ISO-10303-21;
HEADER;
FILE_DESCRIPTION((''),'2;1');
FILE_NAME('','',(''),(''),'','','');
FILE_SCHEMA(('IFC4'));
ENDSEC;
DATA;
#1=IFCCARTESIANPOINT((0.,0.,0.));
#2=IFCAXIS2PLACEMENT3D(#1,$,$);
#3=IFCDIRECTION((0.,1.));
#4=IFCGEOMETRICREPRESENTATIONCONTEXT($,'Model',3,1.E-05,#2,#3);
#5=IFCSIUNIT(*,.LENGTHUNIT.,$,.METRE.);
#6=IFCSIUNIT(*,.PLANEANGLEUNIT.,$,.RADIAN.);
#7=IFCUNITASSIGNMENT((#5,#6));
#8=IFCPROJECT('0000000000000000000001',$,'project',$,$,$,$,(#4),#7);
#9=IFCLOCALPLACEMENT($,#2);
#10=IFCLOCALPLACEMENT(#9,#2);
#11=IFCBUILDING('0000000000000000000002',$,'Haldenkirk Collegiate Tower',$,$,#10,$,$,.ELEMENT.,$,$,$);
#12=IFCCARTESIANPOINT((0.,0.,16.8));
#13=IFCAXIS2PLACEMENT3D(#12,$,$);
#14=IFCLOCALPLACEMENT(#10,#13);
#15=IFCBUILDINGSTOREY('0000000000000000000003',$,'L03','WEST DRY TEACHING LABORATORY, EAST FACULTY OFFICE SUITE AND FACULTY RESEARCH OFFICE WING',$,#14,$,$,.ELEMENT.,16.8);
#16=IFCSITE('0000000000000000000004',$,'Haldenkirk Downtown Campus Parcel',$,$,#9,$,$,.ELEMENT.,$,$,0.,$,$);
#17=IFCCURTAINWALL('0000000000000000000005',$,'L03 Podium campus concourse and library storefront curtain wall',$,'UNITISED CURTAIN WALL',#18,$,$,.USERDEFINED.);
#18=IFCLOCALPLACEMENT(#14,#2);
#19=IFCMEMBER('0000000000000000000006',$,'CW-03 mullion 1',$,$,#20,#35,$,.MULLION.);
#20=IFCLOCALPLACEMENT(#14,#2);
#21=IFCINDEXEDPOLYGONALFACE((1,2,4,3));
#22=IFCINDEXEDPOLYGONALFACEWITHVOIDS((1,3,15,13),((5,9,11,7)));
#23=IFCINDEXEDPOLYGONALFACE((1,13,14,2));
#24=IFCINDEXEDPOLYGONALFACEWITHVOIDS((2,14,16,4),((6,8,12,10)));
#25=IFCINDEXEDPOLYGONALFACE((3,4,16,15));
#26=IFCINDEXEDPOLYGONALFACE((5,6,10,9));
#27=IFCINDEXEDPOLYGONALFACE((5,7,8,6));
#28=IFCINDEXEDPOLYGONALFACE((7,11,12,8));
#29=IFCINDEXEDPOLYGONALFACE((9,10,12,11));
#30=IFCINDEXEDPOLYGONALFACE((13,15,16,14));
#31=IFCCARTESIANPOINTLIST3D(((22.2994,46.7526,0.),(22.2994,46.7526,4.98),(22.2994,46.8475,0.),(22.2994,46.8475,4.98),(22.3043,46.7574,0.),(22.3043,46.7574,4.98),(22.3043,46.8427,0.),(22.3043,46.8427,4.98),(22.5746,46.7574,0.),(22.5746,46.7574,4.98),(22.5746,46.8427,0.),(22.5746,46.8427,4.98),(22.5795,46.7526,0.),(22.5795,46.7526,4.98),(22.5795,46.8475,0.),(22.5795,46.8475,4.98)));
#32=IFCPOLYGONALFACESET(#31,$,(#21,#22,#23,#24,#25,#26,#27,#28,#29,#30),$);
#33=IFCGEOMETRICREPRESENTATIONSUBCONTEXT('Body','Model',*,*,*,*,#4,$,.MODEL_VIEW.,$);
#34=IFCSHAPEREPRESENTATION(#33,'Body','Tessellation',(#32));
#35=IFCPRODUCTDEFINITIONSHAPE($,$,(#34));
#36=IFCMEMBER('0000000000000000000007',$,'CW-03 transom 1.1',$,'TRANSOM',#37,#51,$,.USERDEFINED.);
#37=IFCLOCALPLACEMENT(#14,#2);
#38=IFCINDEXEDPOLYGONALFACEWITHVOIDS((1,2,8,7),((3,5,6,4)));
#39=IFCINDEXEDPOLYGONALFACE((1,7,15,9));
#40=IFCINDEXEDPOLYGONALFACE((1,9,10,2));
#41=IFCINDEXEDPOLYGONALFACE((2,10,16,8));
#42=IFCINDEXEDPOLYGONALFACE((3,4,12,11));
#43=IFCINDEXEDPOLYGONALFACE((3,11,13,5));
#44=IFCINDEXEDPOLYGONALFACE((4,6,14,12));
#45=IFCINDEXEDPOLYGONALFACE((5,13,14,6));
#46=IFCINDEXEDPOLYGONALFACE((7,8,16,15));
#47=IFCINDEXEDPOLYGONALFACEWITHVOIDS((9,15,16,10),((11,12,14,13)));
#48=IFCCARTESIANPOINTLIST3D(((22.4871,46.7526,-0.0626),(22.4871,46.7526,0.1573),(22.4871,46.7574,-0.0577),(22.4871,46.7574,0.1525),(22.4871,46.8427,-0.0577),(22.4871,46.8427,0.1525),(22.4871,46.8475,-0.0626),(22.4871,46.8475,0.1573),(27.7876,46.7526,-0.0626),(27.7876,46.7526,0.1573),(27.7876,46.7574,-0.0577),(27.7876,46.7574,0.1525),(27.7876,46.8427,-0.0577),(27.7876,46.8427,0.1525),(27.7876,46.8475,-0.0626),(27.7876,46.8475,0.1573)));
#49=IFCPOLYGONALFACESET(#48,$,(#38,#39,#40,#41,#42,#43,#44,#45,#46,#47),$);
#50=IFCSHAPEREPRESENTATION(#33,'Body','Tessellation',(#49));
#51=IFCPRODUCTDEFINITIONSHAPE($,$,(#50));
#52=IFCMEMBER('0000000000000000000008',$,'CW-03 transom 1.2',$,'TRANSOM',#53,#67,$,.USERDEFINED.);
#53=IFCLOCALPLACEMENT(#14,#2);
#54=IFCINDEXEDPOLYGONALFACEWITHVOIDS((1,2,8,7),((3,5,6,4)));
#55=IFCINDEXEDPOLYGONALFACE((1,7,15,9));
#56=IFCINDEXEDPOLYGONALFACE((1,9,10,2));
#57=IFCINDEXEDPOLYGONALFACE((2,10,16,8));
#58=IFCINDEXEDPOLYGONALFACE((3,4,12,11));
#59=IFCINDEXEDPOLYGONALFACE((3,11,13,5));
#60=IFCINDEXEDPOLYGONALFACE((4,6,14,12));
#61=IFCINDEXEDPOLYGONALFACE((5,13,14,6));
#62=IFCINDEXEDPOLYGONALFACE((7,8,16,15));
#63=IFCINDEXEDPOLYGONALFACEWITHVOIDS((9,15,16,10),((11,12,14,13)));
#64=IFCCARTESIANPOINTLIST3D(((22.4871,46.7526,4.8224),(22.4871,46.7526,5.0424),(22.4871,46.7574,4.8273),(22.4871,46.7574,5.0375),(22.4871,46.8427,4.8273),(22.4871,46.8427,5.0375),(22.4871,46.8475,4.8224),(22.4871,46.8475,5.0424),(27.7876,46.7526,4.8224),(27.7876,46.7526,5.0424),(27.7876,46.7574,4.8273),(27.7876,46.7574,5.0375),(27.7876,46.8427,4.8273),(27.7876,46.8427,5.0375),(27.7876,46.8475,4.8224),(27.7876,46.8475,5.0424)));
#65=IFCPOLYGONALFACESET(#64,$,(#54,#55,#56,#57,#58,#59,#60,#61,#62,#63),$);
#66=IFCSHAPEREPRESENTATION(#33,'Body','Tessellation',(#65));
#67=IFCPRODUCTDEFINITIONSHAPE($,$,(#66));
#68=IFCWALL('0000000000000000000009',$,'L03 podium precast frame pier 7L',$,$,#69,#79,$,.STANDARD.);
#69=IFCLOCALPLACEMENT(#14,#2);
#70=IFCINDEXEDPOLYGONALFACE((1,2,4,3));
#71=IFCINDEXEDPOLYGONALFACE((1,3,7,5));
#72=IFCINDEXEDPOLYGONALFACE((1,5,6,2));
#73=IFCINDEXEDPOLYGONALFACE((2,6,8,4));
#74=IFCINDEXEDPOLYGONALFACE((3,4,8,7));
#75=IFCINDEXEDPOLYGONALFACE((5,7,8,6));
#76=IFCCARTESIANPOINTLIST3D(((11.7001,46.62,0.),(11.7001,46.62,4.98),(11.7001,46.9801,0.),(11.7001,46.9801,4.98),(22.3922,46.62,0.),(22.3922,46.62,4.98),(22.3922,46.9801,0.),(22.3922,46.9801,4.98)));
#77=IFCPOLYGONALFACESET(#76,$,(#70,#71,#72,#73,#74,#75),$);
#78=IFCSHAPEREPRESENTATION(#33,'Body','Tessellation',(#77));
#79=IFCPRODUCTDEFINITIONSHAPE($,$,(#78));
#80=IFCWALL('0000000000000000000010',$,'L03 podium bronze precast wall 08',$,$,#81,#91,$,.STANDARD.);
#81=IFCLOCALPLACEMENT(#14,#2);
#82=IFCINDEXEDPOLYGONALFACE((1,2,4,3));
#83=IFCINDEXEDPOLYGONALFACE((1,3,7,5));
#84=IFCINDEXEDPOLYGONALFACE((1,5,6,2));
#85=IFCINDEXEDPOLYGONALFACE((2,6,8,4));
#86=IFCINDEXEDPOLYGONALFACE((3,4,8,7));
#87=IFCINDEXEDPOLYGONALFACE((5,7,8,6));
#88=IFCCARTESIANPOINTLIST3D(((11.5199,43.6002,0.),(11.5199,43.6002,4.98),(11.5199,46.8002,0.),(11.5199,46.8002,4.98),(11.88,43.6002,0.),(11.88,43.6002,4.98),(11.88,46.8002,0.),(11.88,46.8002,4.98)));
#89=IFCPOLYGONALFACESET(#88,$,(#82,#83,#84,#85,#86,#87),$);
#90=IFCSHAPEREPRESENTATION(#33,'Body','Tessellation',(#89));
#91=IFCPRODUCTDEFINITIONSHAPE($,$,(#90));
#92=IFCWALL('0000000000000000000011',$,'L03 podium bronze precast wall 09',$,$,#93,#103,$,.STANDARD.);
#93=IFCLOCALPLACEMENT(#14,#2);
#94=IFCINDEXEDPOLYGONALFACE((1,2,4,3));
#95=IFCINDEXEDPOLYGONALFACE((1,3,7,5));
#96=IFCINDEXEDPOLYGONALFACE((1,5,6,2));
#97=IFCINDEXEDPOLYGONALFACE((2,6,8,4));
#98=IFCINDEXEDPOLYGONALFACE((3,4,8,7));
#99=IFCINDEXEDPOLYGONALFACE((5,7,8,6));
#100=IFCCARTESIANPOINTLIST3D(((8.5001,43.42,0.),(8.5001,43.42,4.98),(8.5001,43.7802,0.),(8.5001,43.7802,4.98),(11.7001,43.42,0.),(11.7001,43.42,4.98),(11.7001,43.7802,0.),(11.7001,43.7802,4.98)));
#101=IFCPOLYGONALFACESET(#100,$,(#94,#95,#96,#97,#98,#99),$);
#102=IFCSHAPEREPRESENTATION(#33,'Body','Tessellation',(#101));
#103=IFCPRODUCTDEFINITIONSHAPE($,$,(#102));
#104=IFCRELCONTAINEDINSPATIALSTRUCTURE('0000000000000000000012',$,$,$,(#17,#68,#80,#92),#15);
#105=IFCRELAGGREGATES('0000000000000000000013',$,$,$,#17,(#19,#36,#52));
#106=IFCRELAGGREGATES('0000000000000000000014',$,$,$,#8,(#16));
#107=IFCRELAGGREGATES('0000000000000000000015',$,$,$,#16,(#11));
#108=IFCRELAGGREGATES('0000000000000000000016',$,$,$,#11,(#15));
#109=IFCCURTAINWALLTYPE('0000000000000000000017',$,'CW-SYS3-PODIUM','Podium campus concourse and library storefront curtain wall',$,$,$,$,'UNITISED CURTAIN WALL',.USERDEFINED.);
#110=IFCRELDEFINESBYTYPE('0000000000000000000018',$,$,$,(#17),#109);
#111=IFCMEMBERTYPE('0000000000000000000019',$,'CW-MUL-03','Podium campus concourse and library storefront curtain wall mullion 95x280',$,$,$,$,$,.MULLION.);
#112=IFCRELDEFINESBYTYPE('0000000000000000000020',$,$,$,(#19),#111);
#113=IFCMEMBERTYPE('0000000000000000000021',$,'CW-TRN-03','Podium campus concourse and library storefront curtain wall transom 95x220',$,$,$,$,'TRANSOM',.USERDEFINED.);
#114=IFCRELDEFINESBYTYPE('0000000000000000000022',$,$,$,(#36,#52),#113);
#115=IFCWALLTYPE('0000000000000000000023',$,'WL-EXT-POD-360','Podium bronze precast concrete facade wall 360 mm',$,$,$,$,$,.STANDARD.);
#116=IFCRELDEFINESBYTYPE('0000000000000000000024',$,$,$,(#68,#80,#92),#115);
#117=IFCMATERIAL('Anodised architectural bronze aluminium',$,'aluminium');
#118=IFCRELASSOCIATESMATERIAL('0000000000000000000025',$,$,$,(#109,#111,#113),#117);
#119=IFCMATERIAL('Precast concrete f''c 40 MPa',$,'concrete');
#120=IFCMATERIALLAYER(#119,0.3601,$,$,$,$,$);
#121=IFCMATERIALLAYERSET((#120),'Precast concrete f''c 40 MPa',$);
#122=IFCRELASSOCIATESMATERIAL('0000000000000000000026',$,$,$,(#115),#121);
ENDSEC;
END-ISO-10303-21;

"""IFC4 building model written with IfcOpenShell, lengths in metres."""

from ifc_helpers import new_model, si_unit, direction, frame, frame_2d, origin, origin_2d, place, context, subcontext, project, spatial, rectangle, hollow_rectangle, extrude, material, layer, layer_set, material_profile, profile_set, type_object, element, aggregate, save


model = new_model("IFC4")

# Units and contexts
model_context = context("Model", 3, precision=1e-05, world=origin(), true_north=direction((0.0, 1.0)))
body_context = subcontext(model_context, "Body", "Model", "MODEL_VIEW")
ifc_project = project(units=[si_unit("LENGTHUNIT", "METRE"), si_unit("PLANEANGLEUNIT", "RADIAN")], contexts=[model_context])

# Site, building, storey
site_placement = place(None, origin())
site = spatial("IfcSite", under=ifc_project, at=site_placement, Name="Haldenkirk Downtown Campus Parcel", CompositionType="ELEMENT", RefElevation=0.0)
building_placement = place(site_placement, origin())
building = spatial("IfcBuilding", under=site, at=building_placement, Name="Haldenkirk Collegiate Tower", CompositionType="ELEMENT")
storey_placement = place(building_placement, frame((0.0, 0.0, 16.8)))
storey = spatial("IfcBuildingStorey", under=building, at=storey_placement, Name="L03", Description="WEST DRY TEACHING LABORATORY, EAST FACULTY OFFICE SUITE AND FACULTY RESEARCH OFFICE WING", CompositionType="ELEMENT", Elevation=16.8)

# Curtain wall, members
ifc_material_1 = material(Name="Anodised architectural bronze aluminium", Category="aluminium")
curtain_wall_type = type_object("IfcCurtainWallType", Name="CW-SYS3-PODIUM", Description="Podium campus concourse and library storefront curtain wall", ElementType="UNITISED CURTAIN WALL", PredefinedType="USERDEFINED", material=ifc_material_1)
curtain_wall_placement = place(storey_placement, origin())
curtain_wall = element("IfcCurtainWall", 1, at=curtain_wall_placement, inside=storey, type_object=curtain_wall_type, Name="L03 Podium campus concourse and library storefront curtain wall", ObjectType="UNITISED CURTAIN WALL", PredefinedType="USERDEFINED")
ifc_material_profile_1 = material_profile(ifc_material_1, hollow_rectangle(XDim=0.095, YDim=0.28, WallThickness=0.0049, at=origin_2d()), Name="CW-MUL-03")
ifc_profile_set_1 = profile_set([ifc_material_profile_1], Name="Anodised architectural bronze aluminium")
member_type_1 = type_object("IfcMemberType", Name="CW-MUL-03", Description="Podium campus concourse and library storefront curtain wall mullion 95x280", PredefinedType="MULLION", material=ifc_profile_set_1)
member_1_placement = place(storey_placement, frame((22.4395, 46.8, 0.0), z_axis=(0.0, 0.0, 1.0), x_axis=(0.0, 1.0, 0.0)))
member_1 = element("IfcMember", 2, at=member_1_placement, type_object=member_type_1, Name="CW-03 mullion 1", PredefinedType="MULLION", context=body_context, shape_type="SweptSolid", body=[
    extrude(hollow_rectangle(XDim=0.095, YDim=0.28, WallThickness=0.0049, at=origin_2d()), origin(), (0.0, 0.0, 1.0), 4.98),
])
ifc_material_profile_2 = material_profile(ifc_material_1, hollow_rectangle(XDim=0.095, YDim=0.22, WallThickness=0.0049, at=origin_2d()), Name="CW-TRN-03")
ifc_profile_set_2 = profile_set([ifc_material_profile_2], Name="Anodised architectural bronze aluminium")
member_type_2 = type_object("IfcMemberType", Name="CW-TRN-03", Description="Podium campus concourse and library storefront curtain wall transom 95x220", ElementType="TRANSOM", PredefinedType="USERDEFINED", material=ifc_profile_set_2)
member_2_placement = place(storey_placement, frame((22.4871, 46.8, 0.0474), z_axis=(1.0, 0.0, 0.0), x_axis=(0.0, 1.0, 0.0)))
member_2 = element("IfcMember", 3, at=member_2_placement, type_object=member_type_2, Name="CW-03 transom 1.1", ObjectType="TRANSOM", PredefinedType="USERDEFINED", context=body_context, shape_type="SweptSolid", body=[
    extrude(hollow_rectangle(XDim=0.095, YDim=0.22, WallThickness=0.0049, at=origin_2d()), origin(), (0.0, 0.0, 1.0), 5.3005),
])
member_3_placement = place(storey_placement, frame((22.4871, 46.8, 4.9324), z_axis=(1.0, 0.0, 0.0), x_axis=(0.0, 1.0, 0.0)))
member_3 = element("IfcMember", 4, at=member_3_placement, type_object=member_type_2, Name="CW-03 transom 1.2", ObjectType="TRANSOM", PredefinedType="USERDEFINED", context=body_context, shape_type="SweptSolid", body=[
    extrude(hollow_rectangle(XDim=0.095, YDim=0.22, WallThickness=0.0049, at=origin_2d()), origin(), (0.0, 0.0, 1.0), 5.3005),
])
aggregate(curtain_wall, [member_1, member_2, member_3])

# Walls
ifc_material_2 = material(Name="Precast concrete f'c 40 MPa", Category="concrete")
ifc_layer_1 = layer(ifc_material_2, 0.3601)
ifc_layer_set_1 = layer_set([ifc_layer_1], Name="Precast concrete f'c 40 MPa")
wall_type_1 = type_object("IfcWallType", Name="WL-EXT-POD-360", Description="Podium bronze precast concrete facade wall 360 mm", PredefinedType="STANDARD", material=ifc_layer_set_1)
wall_1_placement = place(storey_placement, frame((11.7, 46.8, 0.0), z_axis=(0.0, 0.0, 1.0), x_axis=(1.0, 0.0, 0.0)))
element("IfcWall", 5, at=wall_1_placement, inside=storey, type_object=wall_type_1, Name="L03 podium precast frame pier 7L", PredefinedType="STANDARD", context=body_context, shape_type="SweptSolid", body=[
    extrude(rectangle(XDim=10.6921, YDim=0.3601, at=frame_2d((5.3462, 0.0))), origin(), (0.0, 0.0, 1.0), 4.98),
])
for number, where, z_axis, x_axis, name in (
    (6, (11.7, 43.6001, 0.0), (0.0, 0.0, 1.0), (0.0, 1.0, 0.0), "L03 podium bronze precast wall 08"),
    (7, (8.5, 43.6001, 0.0), (0.0, 0.0, 1.0), (1.0, 0.0, 0.0), "L03 podium bronze precast wall 09"),
):
    element("IfcWall", number, at=place(storey_placement, frame(where, z_axis=z_axis, x_axis=x_axis)), inside=storey, type_object=wall_type_1, Name=name, PredefinedType="STANDARD", context=body_context, shape_type="SweptSolid", body=[
        extrude(rectangle(XDim=3.2, YDim=0.3601, at=frame_2d((1.6001, 0.0))), origin(), (0.0, 0.0, 1.0), 4.98),
    ])

save(model, "model.ifc")
